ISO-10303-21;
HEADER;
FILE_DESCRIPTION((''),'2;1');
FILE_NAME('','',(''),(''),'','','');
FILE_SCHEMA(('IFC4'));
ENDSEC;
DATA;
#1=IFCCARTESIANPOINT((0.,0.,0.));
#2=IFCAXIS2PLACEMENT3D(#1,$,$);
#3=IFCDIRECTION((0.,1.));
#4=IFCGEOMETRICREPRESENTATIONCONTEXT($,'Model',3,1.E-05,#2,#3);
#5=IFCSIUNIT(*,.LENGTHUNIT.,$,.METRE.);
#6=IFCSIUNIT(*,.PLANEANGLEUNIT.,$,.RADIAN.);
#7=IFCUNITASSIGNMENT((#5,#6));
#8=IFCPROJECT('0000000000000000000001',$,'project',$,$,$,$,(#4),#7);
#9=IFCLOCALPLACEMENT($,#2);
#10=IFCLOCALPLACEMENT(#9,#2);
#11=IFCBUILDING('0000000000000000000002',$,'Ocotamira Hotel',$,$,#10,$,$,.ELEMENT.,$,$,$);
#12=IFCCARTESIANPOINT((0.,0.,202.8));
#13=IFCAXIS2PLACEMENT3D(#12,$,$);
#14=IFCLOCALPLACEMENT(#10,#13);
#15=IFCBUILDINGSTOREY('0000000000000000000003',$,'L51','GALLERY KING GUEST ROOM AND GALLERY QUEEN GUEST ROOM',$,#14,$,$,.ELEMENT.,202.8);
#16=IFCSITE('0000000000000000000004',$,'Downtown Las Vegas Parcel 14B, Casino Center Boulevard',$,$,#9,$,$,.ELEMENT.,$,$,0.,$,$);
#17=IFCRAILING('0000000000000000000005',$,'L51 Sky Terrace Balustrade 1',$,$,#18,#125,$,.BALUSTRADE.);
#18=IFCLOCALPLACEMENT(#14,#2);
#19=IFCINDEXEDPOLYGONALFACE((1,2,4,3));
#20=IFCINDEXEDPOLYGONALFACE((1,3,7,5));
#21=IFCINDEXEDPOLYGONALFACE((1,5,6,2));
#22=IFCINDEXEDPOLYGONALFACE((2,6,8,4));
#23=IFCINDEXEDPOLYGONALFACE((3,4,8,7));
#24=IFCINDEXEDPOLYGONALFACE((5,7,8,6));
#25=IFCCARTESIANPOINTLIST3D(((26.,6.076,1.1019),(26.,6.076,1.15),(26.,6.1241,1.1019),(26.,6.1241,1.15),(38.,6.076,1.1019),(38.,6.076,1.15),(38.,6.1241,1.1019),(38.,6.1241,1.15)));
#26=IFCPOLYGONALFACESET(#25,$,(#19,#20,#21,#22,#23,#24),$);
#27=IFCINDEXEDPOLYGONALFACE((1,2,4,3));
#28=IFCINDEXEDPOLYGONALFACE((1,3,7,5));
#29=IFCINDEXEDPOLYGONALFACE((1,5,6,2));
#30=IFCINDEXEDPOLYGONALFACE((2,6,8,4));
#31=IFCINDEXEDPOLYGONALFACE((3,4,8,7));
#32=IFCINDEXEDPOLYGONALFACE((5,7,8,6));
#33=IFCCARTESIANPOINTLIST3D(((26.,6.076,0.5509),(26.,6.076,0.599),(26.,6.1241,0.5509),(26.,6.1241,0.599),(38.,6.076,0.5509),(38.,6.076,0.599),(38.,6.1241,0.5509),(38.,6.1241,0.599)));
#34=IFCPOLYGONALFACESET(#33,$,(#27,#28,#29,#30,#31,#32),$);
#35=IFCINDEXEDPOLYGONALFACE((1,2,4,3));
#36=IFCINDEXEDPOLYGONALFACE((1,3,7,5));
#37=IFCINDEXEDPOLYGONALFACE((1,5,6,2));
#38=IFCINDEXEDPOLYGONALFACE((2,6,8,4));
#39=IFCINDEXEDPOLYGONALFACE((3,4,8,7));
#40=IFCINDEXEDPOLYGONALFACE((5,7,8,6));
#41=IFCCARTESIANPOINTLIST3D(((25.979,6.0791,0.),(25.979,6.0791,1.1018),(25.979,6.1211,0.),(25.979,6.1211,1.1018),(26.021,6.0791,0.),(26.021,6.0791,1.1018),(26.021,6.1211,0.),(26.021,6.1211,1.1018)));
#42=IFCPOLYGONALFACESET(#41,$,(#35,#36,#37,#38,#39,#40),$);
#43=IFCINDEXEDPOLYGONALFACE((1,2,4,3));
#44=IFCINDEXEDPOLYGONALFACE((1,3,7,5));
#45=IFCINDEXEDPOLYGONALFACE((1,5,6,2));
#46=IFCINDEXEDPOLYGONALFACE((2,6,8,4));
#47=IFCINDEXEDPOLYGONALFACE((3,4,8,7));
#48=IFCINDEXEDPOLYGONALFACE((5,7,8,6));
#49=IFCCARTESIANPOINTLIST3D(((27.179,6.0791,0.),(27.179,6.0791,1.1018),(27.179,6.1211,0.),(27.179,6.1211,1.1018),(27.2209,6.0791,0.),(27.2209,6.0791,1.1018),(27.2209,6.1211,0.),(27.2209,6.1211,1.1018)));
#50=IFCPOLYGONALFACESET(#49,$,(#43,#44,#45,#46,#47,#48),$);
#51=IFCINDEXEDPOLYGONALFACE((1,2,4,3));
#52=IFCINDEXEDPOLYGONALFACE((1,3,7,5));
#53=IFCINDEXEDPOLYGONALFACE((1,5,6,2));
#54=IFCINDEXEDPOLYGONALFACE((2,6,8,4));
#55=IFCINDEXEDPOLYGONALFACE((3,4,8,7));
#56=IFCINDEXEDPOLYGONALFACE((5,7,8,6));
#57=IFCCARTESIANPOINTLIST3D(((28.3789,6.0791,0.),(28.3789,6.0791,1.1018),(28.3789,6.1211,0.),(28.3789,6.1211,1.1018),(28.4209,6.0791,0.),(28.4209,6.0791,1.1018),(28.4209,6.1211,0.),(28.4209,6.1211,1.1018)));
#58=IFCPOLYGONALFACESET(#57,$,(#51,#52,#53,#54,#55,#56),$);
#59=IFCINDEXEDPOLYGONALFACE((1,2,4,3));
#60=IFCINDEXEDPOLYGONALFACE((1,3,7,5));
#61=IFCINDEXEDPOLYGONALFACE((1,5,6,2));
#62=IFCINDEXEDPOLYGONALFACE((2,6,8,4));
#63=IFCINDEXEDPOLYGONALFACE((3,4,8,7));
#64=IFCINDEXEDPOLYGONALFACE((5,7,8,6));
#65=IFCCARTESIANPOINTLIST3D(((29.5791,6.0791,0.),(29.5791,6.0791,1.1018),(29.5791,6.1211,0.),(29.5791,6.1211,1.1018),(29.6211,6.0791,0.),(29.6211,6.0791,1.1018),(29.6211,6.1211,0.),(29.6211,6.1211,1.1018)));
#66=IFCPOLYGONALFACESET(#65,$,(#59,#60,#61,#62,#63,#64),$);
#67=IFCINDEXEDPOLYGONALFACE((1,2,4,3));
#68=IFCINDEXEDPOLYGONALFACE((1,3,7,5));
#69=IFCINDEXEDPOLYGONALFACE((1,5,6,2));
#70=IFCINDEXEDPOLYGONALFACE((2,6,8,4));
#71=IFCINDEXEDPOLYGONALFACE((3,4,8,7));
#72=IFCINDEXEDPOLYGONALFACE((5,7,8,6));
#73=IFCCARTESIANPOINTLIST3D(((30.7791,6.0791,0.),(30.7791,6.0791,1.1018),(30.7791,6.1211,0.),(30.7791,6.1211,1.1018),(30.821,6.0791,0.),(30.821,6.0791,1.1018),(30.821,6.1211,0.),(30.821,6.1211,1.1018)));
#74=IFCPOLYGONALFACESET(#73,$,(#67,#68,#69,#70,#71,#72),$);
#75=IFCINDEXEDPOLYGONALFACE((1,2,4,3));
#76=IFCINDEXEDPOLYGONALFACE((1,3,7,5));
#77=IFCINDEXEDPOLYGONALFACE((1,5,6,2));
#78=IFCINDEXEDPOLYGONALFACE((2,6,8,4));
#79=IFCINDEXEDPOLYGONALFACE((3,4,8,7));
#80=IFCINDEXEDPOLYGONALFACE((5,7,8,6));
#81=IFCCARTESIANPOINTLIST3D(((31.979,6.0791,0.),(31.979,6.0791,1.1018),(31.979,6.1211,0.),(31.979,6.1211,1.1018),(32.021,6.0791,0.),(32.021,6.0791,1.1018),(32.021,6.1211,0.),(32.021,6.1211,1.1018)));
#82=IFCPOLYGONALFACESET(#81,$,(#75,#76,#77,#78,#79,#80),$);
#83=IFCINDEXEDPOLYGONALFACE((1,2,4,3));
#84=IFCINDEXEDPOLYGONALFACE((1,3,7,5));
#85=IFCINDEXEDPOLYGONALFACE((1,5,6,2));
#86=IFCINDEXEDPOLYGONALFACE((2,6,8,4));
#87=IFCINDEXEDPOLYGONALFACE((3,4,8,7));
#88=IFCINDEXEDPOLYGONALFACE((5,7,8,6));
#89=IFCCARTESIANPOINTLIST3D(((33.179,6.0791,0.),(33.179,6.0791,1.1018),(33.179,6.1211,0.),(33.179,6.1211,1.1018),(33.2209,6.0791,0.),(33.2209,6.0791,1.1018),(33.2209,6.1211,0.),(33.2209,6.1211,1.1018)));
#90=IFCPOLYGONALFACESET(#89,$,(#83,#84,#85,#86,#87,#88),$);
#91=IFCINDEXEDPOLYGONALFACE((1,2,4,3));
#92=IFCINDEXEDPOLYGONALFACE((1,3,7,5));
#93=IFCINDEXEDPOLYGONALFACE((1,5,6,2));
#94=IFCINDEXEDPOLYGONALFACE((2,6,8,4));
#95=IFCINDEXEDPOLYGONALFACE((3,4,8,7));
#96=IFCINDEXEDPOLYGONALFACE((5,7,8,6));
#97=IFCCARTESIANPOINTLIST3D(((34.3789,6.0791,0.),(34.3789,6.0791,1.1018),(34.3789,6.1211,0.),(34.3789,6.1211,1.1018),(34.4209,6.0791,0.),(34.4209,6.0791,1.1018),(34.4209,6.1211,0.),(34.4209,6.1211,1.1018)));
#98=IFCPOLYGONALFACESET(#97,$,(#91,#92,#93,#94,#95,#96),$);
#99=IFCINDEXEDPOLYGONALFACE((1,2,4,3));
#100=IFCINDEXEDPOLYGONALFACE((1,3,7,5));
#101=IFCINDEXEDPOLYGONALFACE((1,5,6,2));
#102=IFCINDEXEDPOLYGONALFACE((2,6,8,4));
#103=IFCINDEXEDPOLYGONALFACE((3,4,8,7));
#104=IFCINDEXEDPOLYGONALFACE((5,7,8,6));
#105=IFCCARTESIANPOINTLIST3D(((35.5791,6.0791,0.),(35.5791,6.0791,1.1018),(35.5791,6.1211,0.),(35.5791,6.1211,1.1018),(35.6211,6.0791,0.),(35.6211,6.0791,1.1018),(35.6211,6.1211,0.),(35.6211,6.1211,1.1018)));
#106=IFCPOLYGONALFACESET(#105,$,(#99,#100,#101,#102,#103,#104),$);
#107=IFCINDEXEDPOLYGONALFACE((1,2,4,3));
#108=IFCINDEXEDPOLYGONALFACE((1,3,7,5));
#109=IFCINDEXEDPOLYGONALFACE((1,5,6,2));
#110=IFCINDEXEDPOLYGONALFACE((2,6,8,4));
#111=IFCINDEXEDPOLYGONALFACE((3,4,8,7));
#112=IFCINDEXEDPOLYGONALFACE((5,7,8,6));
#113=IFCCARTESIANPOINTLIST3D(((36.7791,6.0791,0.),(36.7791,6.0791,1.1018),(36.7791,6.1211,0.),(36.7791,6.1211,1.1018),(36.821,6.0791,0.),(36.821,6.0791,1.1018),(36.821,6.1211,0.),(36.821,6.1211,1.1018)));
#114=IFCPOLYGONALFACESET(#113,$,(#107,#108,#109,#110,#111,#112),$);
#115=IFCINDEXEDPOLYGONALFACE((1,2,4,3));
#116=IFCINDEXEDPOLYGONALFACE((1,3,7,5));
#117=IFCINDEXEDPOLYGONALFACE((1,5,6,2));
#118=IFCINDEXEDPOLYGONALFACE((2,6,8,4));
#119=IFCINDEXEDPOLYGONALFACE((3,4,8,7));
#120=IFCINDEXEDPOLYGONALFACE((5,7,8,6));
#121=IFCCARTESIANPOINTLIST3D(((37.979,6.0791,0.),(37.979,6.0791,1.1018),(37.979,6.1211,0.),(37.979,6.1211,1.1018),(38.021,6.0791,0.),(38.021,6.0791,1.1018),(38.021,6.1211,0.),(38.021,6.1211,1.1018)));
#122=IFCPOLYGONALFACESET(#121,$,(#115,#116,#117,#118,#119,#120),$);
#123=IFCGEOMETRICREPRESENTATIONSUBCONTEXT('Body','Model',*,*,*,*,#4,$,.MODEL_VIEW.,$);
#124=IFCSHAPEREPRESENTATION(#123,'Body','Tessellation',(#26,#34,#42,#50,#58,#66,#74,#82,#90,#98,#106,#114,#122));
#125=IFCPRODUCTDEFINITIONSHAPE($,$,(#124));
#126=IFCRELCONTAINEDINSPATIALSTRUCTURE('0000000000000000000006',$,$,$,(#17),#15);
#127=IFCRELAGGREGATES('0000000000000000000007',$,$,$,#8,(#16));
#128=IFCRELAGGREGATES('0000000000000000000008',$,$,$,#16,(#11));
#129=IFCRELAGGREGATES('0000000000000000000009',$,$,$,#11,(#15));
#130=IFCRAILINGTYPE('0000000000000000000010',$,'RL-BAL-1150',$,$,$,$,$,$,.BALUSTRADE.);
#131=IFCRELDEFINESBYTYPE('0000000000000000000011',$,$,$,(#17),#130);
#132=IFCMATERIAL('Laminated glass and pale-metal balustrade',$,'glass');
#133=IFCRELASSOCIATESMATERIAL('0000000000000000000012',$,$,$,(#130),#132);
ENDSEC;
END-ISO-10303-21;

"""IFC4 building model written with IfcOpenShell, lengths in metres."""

from ifc_helpers import new_model, si_unit, direction, frame, origin, origin_2d, place, context, subcontext, project, spatial, rectangle, extrude, material, type_object, element, save


model = new_model("IFC4")

# Units and contexts
model_context = context("Model", 3, precision=1e-05, world=origin(), true_north=direction((0.0, 1.0)))
body_context = subcontext(model_context, "Body", "Model", "MODEL_VIEW")
ifc_project = project(units=[si_unit("LENGTHUNIT", "METRE"), si_unit("PLANEANGLEUNIT", "RADIAN")], contexts=[model_context])

# Site, building, storey
site_placement = place(None, origin())
site = spatial("IfcSite", under=ifc_project, at=site_placement, Name="Downtown Las Vegas Parcel 14B, Casino Center Boulevard", CompositionType="ELEMENT", RefElevation=0.0)
building_placement = place(site_placement, origin())
building = spatial("IfcBuilding", under=site, at=building_placement, Name="Ocotamira Hotel", CompositionType="ELEMENT")
storey_placement = place(building_placement, frame((0.0, 0.0, 202.8)))
storey = spatial("IfcBuildingStorey", under=building, at=storey_placement, Name="L51", Description="GALLERY KING GUEST ROOM AND GALLERY QUEEN GUEST ROOM", CompositionType="ELEMENT", Elevation=202.8)

# Railing
ifc_material_1 = material(Name="Laminated glass and pale-metal balustrade", Category="glass")
railing_type = type_object("IfcRailingType", Name="RL-BAL-1150", PredefinedType="BALUSTRADE", material=ifc_material_1)
railing_placement = place(storey_placement, frame((26.0, 6.1001, 0.0)))
element("IfcRailing", 1, at=railing_placement, inside=storey, type_object=railing_type, Name="L51 Sky Terrace Balustrade 1", PredefinedType="BALUSTRADE", context=body_context, shape_type="SweptSolid", body=[
    extrude(rectangle(XDim=0.0481, YDim=0.0481, at=origin_2d()), frame((0.0, 0.0, 1.126), z_axis=(1.0, 0.0, 0.0), x_axis=(0.0, 1.0, 0.0)), (0.0, 0.0, 1.0), 12.0),
    extrude(rectangle(XDim=0.0481, YDim=0.0481, at=origin_2d()), frame((0.0, 0.0, 0.575), z_axis=(1.0, 0.0, 0.0), x_axis=(0.0, 1.0, 0.0)), (0.0, 0.0, 1.0), 12.0),
    extrude(rectangle(XDim=0.042, YDim=0.042, at=origin_2d()), origin(), (0.0, 0.0, 1.0), 1.1018),
    extrude(rectangle(XDim=0.042, YDim=0.042, at=origin_2d()), frame((1.2, 0.0, 0.0)), (0.0, 0.0, 1.0), 1.1018),
    extrude(rectangle(XDim=0.042, YDim=0.042, at=origin_2d()), frame((2.3999, 0.0, 0.0)), (0.0, 0.0, 1.0), 1.1018),
    extrude(rectangle(XDim=0.042, YDim=0.042, at=origin_2d()), frame((3.6001, 0.0, 0.0)), (0.0, 0.0, 1.0), 1.1018),
    extrude(rectangle(XDim=0.042, YDim=0.042, at=origin_2d()), frame((4.8, 0.0, 0.0)), (0.0, 0.0, 1.0), 1.1018),
    extrude(rectangle(XDim=0.042, YDim=0.042, at=origin_2d()), frame((6.0, 0.0, 0.0)), (0.0, 0.0, 1.0), 1.1018),
    extrude(rectangle(XDim=0.042, YDim=0.042, at=origin_2d()), frame((7.2, 0.0, 0.0)), (0.0, 0.0, 1.0), 1.1018),
    extrude(rectangle(XDim=0.042, YDim=0.042, at=origin_2d()), frame((8.3999, 0.0, 0.0)), (0.0, 0.0, 1.0), 1.1018),
    extrude(rectangle(XDim=0.042, YDim=0.042, at=origin_2d()), frame((9.6001, 0.0, 0.0)), (0.0, 0.0, 1.0), 1.1018),
    extrude(rectangle(XDim=0.042, YDim=0.042, at=origin_2d()), frame((10.8, 0.0, 0.0)), (0.0, 0.0, 1.0), 1.1018),
    extrude(rectangle(XDim=0.042, YDim=0.042, at=origin_2d()), frame((12.0, 0.0, 0.0)), (0.0, 0.0, 1.0), 1.1018),
])

save(model, "model.ifc")
